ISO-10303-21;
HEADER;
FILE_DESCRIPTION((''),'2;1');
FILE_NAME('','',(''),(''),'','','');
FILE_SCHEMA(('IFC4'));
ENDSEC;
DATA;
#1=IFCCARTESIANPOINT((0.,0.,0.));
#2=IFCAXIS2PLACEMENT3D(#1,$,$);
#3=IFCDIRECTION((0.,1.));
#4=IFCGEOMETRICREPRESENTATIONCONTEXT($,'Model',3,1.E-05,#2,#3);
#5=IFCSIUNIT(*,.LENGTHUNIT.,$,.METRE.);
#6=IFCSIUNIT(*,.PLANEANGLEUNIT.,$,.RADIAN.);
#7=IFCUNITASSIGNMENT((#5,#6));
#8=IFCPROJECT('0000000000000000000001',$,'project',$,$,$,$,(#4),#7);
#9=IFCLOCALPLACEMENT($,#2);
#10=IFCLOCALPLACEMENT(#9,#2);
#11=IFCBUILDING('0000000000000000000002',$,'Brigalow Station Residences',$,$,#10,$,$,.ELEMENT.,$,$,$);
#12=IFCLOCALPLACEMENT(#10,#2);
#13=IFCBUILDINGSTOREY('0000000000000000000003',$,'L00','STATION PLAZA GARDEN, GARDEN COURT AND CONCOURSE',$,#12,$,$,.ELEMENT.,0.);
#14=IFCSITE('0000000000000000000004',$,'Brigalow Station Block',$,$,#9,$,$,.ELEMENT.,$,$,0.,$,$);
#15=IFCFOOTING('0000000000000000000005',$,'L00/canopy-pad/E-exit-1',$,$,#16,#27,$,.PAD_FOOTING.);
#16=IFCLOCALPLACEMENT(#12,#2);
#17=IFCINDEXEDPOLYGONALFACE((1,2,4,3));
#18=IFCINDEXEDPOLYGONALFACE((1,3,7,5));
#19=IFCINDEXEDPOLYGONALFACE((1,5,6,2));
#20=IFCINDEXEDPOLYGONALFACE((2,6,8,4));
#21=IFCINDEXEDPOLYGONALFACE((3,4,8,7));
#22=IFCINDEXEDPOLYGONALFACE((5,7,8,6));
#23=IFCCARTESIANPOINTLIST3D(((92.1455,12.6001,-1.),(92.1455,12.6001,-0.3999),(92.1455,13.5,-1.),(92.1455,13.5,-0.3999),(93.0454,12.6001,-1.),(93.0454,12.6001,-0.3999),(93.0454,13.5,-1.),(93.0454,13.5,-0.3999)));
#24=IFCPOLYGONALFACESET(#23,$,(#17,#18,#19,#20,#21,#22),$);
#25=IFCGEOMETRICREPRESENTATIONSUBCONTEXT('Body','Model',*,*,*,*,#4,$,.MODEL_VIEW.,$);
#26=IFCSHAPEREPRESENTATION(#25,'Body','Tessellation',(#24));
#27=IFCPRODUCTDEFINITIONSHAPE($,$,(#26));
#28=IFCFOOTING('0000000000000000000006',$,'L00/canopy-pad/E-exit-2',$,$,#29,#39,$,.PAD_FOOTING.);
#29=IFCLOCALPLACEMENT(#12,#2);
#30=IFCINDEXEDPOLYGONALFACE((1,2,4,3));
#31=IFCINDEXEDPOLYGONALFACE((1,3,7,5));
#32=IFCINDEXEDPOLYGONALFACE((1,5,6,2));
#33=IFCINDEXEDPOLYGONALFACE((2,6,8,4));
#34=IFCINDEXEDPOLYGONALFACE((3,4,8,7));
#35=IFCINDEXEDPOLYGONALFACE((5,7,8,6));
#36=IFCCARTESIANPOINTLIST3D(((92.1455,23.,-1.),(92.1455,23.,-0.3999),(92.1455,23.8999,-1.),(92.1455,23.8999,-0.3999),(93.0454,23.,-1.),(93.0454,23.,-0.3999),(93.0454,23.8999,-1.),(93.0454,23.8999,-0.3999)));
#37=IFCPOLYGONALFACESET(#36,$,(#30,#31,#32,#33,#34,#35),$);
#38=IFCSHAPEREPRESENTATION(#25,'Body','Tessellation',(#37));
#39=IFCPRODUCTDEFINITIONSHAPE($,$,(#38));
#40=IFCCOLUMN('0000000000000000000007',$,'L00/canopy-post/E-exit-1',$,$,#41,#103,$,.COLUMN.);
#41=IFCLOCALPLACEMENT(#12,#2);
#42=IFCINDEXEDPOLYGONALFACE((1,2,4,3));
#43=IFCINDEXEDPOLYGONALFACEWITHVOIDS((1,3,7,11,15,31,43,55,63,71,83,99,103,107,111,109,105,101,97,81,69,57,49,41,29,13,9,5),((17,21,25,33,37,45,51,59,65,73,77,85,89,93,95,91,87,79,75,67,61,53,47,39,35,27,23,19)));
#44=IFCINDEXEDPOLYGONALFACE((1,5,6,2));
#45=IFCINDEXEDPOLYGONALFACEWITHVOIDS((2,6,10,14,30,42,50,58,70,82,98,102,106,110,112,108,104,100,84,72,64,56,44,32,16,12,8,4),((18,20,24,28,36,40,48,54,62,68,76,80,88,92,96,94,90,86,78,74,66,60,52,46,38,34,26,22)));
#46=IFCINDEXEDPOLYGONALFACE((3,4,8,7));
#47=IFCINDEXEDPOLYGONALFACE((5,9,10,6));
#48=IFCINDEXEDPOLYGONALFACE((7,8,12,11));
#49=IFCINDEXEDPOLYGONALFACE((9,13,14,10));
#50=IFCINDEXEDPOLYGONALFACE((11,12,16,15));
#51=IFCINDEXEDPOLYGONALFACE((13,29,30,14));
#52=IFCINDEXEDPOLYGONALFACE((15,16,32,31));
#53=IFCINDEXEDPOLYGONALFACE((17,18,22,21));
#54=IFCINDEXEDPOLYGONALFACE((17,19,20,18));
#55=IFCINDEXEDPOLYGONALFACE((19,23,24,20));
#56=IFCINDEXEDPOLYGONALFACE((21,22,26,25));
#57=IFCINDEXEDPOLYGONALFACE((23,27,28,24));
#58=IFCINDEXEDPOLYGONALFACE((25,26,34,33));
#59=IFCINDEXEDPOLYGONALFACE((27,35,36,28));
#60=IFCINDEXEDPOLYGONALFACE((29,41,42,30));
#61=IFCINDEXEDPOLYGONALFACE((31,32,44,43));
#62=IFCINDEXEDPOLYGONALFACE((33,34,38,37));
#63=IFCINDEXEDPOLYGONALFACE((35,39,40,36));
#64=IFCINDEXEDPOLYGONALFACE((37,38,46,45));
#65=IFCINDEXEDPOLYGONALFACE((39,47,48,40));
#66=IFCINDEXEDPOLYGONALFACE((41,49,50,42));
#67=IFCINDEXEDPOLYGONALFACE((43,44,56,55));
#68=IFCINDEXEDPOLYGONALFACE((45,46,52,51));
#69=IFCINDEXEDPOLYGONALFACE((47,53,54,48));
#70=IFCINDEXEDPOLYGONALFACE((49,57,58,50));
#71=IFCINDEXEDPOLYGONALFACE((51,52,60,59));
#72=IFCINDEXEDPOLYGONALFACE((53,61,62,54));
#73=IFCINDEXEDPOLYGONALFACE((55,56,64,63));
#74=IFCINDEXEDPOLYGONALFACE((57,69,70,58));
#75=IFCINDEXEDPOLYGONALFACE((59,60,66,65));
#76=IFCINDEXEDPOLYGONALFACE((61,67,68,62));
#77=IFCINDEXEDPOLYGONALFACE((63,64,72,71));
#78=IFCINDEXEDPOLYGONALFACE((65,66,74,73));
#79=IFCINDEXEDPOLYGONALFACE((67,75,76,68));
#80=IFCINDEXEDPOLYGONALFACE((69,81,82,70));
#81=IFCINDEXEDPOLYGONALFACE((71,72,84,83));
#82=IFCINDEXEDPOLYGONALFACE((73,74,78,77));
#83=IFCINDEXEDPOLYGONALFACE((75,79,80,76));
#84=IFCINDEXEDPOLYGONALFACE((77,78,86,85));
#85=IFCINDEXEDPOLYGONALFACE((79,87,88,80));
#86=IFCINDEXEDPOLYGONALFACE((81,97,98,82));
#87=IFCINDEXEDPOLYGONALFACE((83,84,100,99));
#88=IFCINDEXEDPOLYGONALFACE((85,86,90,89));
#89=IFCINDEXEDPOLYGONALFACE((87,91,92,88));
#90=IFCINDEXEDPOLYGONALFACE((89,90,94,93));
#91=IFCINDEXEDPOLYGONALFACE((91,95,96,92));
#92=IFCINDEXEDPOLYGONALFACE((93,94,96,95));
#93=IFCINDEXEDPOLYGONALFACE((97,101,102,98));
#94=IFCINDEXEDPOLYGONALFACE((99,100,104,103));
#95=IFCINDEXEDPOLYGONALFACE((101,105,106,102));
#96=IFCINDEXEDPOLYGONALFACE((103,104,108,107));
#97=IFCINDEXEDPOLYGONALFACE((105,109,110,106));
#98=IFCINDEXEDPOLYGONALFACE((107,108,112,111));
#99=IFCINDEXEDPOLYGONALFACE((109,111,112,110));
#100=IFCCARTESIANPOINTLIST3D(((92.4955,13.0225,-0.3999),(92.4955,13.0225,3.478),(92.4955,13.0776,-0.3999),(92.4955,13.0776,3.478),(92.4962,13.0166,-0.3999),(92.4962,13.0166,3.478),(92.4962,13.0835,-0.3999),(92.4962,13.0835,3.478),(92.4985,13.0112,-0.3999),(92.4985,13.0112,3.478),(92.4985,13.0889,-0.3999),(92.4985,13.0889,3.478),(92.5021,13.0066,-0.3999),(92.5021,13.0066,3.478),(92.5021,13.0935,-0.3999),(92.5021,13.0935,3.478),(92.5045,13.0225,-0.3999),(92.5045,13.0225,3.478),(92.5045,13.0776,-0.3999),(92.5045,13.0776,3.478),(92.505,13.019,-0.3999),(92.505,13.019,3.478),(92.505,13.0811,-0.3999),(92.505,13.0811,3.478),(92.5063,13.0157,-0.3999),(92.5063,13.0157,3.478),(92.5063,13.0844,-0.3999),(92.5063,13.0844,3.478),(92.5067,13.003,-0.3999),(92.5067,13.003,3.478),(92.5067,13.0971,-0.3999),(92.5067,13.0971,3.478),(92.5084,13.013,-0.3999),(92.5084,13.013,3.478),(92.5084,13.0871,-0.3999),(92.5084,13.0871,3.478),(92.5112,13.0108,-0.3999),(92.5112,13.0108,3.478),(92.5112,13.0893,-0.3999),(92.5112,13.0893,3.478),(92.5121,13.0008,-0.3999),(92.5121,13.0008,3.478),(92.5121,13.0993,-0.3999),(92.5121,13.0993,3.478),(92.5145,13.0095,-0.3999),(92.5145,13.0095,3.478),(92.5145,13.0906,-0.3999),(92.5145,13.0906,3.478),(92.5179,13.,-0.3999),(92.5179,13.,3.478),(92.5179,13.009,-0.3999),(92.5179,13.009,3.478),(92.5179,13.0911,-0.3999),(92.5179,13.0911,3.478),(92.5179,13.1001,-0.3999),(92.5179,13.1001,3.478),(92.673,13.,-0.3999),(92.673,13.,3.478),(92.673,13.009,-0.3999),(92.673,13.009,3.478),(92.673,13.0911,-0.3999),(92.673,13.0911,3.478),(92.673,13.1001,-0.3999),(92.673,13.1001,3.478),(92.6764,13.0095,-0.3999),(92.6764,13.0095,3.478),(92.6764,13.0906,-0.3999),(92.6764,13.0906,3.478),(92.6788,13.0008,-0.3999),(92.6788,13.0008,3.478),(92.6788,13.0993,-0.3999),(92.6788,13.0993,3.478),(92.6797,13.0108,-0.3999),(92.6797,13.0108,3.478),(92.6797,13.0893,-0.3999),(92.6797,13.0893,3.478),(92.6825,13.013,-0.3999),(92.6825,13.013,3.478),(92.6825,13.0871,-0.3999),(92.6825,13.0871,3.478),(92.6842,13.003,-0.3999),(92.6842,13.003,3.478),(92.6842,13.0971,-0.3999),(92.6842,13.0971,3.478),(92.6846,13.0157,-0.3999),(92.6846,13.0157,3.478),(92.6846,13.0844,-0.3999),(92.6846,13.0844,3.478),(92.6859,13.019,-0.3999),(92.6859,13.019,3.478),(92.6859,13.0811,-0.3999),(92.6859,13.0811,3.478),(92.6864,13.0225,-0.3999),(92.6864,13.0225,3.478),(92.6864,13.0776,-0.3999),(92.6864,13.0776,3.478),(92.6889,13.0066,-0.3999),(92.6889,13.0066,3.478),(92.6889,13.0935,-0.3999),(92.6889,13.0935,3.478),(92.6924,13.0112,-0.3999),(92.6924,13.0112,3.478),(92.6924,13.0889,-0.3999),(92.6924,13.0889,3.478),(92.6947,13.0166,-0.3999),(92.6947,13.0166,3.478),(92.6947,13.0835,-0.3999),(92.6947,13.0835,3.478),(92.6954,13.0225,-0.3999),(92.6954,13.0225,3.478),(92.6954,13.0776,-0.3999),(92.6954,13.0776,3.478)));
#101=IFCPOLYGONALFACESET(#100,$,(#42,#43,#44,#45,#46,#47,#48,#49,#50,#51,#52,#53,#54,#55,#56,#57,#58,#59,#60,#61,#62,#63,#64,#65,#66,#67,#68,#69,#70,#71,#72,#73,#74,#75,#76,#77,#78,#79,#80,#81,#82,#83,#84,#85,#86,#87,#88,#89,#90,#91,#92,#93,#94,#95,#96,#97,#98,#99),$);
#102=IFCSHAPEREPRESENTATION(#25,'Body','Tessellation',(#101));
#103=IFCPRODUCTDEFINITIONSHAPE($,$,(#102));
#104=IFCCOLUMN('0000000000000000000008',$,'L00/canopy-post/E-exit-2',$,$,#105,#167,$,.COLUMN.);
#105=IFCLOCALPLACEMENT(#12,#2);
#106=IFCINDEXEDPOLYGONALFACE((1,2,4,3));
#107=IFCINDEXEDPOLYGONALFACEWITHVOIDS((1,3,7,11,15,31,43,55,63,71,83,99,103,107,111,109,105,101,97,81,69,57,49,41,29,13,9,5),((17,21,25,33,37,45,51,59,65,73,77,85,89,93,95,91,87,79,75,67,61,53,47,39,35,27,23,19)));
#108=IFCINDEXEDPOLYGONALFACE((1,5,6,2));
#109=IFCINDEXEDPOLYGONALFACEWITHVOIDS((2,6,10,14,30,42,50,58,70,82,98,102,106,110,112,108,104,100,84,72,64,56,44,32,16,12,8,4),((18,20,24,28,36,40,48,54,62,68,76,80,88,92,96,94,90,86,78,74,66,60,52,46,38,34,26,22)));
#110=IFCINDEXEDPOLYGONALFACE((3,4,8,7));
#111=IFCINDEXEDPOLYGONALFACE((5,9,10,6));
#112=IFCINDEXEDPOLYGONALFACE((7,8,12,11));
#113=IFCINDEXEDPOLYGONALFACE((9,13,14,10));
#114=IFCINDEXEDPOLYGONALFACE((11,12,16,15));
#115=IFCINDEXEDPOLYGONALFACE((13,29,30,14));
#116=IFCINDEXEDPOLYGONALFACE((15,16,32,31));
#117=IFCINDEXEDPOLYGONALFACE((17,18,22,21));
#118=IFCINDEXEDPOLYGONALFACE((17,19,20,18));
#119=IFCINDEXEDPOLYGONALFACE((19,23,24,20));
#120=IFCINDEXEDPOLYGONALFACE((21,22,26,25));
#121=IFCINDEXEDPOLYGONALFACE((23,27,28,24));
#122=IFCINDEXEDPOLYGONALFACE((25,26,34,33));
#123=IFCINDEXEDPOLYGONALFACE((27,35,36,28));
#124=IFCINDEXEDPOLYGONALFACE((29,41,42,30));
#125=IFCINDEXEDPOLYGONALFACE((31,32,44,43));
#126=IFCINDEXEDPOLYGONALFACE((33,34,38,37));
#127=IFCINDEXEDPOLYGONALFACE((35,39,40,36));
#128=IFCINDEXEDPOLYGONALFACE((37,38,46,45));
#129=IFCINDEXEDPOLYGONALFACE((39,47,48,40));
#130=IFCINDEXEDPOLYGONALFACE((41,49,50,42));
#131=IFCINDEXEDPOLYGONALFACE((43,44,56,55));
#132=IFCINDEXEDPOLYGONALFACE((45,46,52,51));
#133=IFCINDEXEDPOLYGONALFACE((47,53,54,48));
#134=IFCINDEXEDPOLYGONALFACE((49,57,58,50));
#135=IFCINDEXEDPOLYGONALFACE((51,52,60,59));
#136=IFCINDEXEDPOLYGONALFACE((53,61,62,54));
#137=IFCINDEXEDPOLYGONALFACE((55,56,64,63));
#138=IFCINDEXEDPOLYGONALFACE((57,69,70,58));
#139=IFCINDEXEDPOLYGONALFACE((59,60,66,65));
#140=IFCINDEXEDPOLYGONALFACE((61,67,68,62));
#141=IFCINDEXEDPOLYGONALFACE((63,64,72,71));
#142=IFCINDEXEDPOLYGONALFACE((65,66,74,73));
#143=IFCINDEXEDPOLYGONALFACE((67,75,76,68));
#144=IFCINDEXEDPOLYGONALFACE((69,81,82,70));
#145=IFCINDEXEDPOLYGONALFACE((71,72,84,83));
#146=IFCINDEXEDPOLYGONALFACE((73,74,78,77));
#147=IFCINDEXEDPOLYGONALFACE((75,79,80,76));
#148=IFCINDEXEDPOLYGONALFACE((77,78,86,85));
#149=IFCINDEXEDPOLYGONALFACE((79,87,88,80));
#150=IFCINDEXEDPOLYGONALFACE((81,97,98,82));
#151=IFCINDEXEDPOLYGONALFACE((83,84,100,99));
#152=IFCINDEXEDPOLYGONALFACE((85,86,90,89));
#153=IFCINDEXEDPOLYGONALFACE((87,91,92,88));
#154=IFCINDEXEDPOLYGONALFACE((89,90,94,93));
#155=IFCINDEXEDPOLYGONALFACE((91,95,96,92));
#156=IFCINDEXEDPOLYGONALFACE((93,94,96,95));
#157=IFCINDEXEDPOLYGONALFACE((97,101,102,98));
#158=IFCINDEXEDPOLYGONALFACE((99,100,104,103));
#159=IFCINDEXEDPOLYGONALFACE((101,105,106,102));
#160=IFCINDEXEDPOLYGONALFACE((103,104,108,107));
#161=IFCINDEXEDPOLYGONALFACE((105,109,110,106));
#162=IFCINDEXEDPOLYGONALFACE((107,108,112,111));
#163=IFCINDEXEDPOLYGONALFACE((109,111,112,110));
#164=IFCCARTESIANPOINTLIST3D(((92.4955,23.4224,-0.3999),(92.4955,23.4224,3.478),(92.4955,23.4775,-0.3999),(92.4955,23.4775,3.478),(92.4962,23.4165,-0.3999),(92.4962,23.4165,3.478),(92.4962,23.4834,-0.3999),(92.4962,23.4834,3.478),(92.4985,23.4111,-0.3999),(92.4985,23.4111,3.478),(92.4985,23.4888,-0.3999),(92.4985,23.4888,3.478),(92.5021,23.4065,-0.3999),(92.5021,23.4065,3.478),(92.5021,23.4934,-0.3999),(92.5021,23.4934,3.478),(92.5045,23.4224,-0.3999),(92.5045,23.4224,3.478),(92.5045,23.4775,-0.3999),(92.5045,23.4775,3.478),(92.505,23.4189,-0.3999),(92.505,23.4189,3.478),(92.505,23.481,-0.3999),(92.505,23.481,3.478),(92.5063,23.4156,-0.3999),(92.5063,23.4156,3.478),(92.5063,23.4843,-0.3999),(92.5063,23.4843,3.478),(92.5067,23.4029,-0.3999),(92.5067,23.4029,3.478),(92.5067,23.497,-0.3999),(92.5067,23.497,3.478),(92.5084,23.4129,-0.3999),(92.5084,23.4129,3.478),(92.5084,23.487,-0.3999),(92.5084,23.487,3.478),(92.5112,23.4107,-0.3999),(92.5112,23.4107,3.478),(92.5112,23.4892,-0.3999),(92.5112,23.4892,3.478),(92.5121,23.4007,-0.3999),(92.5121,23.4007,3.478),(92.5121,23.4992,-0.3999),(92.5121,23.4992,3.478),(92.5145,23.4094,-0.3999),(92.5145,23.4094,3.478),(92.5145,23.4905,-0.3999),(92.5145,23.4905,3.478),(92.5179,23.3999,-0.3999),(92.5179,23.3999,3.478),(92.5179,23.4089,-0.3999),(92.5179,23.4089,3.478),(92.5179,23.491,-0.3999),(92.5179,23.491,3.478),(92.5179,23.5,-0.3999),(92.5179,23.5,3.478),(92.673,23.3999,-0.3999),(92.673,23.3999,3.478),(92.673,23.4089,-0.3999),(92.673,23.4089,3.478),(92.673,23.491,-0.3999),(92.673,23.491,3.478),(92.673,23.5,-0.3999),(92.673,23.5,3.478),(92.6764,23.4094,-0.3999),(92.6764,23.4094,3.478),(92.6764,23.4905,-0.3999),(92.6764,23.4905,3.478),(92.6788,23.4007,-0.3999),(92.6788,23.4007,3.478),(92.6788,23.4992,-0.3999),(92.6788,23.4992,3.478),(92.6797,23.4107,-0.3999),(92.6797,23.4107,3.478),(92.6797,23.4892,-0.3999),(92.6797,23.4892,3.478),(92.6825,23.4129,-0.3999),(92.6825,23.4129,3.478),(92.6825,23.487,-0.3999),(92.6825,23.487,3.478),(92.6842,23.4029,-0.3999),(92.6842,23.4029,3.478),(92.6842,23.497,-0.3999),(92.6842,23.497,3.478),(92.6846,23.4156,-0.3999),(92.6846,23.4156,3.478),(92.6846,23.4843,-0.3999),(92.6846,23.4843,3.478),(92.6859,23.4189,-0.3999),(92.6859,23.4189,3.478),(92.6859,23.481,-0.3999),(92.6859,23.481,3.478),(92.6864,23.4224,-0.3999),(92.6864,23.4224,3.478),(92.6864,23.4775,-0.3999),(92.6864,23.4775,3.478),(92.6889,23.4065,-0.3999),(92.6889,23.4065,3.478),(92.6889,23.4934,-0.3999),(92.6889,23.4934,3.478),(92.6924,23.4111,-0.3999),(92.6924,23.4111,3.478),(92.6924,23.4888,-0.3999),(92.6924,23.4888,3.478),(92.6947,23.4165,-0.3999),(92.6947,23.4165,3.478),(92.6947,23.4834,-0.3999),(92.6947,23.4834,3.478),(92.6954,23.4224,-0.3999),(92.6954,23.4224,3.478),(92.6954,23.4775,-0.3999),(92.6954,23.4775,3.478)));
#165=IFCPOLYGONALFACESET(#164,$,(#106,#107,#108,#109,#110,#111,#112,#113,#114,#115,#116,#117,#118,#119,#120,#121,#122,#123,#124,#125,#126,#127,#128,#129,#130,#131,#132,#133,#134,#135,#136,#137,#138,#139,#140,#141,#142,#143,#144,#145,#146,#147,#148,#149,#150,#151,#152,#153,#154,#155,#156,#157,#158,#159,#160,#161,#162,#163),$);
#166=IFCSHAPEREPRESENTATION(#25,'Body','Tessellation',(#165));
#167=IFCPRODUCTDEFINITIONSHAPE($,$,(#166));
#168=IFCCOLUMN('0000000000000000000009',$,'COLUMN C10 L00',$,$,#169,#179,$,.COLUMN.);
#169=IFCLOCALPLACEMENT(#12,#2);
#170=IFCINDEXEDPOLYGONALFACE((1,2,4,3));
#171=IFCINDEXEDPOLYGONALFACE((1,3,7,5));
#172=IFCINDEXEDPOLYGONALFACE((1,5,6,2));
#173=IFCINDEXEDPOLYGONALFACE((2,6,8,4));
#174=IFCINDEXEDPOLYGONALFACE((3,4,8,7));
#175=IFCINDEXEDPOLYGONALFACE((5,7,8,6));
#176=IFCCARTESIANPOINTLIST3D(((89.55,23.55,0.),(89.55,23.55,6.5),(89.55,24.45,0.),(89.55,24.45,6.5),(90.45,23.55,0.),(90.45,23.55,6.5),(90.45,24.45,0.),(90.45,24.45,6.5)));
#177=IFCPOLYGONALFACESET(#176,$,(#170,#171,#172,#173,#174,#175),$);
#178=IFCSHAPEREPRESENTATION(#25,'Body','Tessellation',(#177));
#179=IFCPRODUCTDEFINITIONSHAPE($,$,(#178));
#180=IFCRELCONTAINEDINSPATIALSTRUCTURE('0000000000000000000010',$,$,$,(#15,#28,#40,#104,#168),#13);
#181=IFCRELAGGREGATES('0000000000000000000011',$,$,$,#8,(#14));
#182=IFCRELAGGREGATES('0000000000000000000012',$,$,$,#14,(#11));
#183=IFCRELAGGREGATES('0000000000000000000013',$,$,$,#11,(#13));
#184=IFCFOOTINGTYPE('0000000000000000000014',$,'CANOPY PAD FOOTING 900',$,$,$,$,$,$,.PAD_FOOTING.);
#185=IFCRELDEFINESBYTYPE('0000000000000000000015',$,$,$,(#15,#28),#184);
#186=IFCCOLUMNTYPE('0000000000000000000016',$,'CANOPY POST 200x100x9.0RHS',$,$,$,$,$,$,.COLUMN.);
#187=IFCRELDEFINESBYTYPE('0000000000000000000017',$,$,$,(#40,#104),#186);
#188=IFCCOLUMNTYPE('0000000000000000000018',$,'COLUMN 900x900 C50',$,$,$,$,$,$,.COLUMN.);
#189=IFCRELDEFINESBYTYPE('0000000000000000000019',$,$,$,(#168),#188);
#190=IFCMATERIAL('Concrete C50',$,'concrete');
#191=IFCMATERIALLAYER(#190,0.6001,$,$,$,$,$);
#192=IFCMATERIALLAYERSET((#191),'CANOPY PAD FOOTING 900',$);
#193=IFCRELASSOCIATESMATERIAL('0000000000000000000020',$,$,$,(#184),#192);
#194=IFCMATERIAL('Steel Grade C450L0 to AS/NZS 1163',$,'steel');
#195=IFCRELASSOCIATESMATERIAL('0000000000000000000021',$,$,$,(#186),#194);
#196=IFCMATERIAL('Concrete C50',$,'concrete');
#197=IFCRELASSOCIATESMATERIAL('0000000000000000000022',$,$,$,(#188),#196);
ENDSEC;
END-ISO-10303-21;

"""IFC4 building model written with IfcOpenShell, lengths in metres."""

from ifc_helpers import new_model, si_unit, direction, frame, origin, origin_2d, place, context, subcontext, project, spatial, rectangle, hollow_rectangle, extrude, material, layer, layer_set, material_profile, profile_set, type_object, element, save


model = new_model("IFC4")

# Units and contexts
model_context = context("Model", 3, precision=1e-05, world=origin(), true_north=direction((0.0, 1.0)))
body_context = subcontext(model_context, "Body", "Model", "MODEL_VIEW")
ifc_project = project(units=[si_unit("LENGTHUNIT", "METRE"), si_unit("PLANEANGLEUNIT", "RADIAN")], contexts=[model_context])

# Site, building, storey
site_placement = place(None, origin())
site = spatial("IfcSite", under=ifc_project, at=site_placement, Name="Brigalow Station Block", CompositionType="ELEMENT", RefElevation=0.0)
building_placement = place(site_placement, origin())
building = spatial("IfcBuilding", under=site, at=building_placement, Name="Brigalow Station Residences", CompositionType="ELEMENT")
storey_placement = place(building_placement, origin())
storey = spatial("IfcBuildingStorey", under=building, at=storey_placement, Name="L00", Description="STATION PLAZA GARDEN, GARDEN COURT AND CONCOURSE", CompositionType="ELEMENT", Elevation=0.0)

# Footings
ifc_material_1 = material(Name="Concrete C50", Category="concrete")
ifc_layer_1 = layer(ifc_material_1, 0.6001)
ifc_layer_set_1 = layer_set([ifc_layer_1], Name="CANOPY PAD FOOTING 900")
footing_type = type_object("IfcFootingType", Name="CANOPY PAD FOOTING 900", PredefinedType="PAD_FOOTING", material=ifc_layer_set_1)
for number, where, z_axis, x_axis, name in (
    (1, (92.5955, 13.05, -1.0), (0.0, 0.0, 1.0), (0.0, 1.0, 0.0), "L00/canopy-pad/E-exit-1"),
    (2, (92.5955, 23.45, -1.0), (0.0, 0.0, 1.0), (0.0, 1.0, 0.0), "L00/canopy-pad/E-exit-2"),
):
    element("IfcFooting", number, at=place(storey_placement, frame(where, z_axis=z_axis, x_axis=x_axis)), inside=storey, type_object=footing_type, Name=name, PredefinedType="PAD_FOOTING", context=body_context, shape_type="SweptSolid", body=[
        extrude(rectangle(XDim=0.8999, YDim=0.8999, at=origin_2d()), origin(), (0.0, 0.0, 1.0), 0.6001),
    ])

# Columns
ifc_material_2 = material(Name="Steel Grade C450L0 to AS/NZS 1163", Category="steel")
ifc_material_profile_1 = material_profile(ifc_material_2, hollow_rectangle(XDim=0.1001, YDim=0.2, WallThickness=0.009, InnerFilletRadius=0.0134, OuterFilletRadius=0.0225, at=origin_2d()), Name="200x100x9.0RHS")
ifc_profile_set_1 = profile_set([ifc_material_profile_1], Name="Steel Grade C450L0 to AS/NZS 1163")
column_type_1 = type_object("IfcColumnType", Name="CANOPY POST 200x100x9.0RHS", PredefinedType="COLUMN", material=ifc_profile_set_1)
for number, where, z_axis, x_axis, name in (
    (3, (92.5955, 13.05, -0.3999), (0.0, 0.0, 1.0), (0.0, 1.0, 0.0), "L00/canopy-post/E-exit-1"),
    (4, (92.5955, 23.45, -0.3999), (0.0, 0.0, 1.0), (0.0, 1.0, 0.0), "L00/canopy-post/E-exit-2"),
):
    element("IfcColumn", number, at=place(storey_placement, frame(where, z_axis=z_axis, x_axis=x_axis)), inside=storey, type_object=column_type_1, Name=name, PredefinedType="COLUMN", context=body_context, shape_type="SweptSolid", body=[
        extrude(hollow_rectangle(XDim=0.1001, YDim=0.2, WallThickness=0.009, InnerFilletRadius=0.0134, OuterFilletRadius=0.0225, at=origin_2d()), origin(), (0.0, 0.0, 1.0), 3.8779),
    ])
ifc_material_3 = material(Name="Concrete C50", Category="concrete")
ifc_material_profile_2 = material_profile(ifc_material_3, rectangle(XDim=0.8999, YDim=0.8999, at=origin_2d()), Name="RC900x900")
ifc_profile_set_2 = profile_set([ifc_material_profile_2], Name="Concrete C50")
column_type_2 = type_object("IfcColumnType", Name="COLUMN 900x900 C50", PredefinedType="COLUMN", material=ifc_profile_set_2)
column_placement = place(storey_placement, frame((90.0, 24.0, 0.0), z_axis=(0.0, 0.0, 1.0), x_axis=(1.0, 0.0, 0.0)))
element("IfcColumn", 5, at=column_placement, inside=storey, type_object=column_type_2, Name="COLUMN C10 L00", PredefinedType="COLUMN", context=body_context, shape_type="SweptSolid", body=[
    extrude(rectangle(XDim=0.8999, YDim=0.8999, at=origin_2d()), origin(), (0.0, 0.0, 1.0), 6.5),
])

save(model, "model.ifc")
